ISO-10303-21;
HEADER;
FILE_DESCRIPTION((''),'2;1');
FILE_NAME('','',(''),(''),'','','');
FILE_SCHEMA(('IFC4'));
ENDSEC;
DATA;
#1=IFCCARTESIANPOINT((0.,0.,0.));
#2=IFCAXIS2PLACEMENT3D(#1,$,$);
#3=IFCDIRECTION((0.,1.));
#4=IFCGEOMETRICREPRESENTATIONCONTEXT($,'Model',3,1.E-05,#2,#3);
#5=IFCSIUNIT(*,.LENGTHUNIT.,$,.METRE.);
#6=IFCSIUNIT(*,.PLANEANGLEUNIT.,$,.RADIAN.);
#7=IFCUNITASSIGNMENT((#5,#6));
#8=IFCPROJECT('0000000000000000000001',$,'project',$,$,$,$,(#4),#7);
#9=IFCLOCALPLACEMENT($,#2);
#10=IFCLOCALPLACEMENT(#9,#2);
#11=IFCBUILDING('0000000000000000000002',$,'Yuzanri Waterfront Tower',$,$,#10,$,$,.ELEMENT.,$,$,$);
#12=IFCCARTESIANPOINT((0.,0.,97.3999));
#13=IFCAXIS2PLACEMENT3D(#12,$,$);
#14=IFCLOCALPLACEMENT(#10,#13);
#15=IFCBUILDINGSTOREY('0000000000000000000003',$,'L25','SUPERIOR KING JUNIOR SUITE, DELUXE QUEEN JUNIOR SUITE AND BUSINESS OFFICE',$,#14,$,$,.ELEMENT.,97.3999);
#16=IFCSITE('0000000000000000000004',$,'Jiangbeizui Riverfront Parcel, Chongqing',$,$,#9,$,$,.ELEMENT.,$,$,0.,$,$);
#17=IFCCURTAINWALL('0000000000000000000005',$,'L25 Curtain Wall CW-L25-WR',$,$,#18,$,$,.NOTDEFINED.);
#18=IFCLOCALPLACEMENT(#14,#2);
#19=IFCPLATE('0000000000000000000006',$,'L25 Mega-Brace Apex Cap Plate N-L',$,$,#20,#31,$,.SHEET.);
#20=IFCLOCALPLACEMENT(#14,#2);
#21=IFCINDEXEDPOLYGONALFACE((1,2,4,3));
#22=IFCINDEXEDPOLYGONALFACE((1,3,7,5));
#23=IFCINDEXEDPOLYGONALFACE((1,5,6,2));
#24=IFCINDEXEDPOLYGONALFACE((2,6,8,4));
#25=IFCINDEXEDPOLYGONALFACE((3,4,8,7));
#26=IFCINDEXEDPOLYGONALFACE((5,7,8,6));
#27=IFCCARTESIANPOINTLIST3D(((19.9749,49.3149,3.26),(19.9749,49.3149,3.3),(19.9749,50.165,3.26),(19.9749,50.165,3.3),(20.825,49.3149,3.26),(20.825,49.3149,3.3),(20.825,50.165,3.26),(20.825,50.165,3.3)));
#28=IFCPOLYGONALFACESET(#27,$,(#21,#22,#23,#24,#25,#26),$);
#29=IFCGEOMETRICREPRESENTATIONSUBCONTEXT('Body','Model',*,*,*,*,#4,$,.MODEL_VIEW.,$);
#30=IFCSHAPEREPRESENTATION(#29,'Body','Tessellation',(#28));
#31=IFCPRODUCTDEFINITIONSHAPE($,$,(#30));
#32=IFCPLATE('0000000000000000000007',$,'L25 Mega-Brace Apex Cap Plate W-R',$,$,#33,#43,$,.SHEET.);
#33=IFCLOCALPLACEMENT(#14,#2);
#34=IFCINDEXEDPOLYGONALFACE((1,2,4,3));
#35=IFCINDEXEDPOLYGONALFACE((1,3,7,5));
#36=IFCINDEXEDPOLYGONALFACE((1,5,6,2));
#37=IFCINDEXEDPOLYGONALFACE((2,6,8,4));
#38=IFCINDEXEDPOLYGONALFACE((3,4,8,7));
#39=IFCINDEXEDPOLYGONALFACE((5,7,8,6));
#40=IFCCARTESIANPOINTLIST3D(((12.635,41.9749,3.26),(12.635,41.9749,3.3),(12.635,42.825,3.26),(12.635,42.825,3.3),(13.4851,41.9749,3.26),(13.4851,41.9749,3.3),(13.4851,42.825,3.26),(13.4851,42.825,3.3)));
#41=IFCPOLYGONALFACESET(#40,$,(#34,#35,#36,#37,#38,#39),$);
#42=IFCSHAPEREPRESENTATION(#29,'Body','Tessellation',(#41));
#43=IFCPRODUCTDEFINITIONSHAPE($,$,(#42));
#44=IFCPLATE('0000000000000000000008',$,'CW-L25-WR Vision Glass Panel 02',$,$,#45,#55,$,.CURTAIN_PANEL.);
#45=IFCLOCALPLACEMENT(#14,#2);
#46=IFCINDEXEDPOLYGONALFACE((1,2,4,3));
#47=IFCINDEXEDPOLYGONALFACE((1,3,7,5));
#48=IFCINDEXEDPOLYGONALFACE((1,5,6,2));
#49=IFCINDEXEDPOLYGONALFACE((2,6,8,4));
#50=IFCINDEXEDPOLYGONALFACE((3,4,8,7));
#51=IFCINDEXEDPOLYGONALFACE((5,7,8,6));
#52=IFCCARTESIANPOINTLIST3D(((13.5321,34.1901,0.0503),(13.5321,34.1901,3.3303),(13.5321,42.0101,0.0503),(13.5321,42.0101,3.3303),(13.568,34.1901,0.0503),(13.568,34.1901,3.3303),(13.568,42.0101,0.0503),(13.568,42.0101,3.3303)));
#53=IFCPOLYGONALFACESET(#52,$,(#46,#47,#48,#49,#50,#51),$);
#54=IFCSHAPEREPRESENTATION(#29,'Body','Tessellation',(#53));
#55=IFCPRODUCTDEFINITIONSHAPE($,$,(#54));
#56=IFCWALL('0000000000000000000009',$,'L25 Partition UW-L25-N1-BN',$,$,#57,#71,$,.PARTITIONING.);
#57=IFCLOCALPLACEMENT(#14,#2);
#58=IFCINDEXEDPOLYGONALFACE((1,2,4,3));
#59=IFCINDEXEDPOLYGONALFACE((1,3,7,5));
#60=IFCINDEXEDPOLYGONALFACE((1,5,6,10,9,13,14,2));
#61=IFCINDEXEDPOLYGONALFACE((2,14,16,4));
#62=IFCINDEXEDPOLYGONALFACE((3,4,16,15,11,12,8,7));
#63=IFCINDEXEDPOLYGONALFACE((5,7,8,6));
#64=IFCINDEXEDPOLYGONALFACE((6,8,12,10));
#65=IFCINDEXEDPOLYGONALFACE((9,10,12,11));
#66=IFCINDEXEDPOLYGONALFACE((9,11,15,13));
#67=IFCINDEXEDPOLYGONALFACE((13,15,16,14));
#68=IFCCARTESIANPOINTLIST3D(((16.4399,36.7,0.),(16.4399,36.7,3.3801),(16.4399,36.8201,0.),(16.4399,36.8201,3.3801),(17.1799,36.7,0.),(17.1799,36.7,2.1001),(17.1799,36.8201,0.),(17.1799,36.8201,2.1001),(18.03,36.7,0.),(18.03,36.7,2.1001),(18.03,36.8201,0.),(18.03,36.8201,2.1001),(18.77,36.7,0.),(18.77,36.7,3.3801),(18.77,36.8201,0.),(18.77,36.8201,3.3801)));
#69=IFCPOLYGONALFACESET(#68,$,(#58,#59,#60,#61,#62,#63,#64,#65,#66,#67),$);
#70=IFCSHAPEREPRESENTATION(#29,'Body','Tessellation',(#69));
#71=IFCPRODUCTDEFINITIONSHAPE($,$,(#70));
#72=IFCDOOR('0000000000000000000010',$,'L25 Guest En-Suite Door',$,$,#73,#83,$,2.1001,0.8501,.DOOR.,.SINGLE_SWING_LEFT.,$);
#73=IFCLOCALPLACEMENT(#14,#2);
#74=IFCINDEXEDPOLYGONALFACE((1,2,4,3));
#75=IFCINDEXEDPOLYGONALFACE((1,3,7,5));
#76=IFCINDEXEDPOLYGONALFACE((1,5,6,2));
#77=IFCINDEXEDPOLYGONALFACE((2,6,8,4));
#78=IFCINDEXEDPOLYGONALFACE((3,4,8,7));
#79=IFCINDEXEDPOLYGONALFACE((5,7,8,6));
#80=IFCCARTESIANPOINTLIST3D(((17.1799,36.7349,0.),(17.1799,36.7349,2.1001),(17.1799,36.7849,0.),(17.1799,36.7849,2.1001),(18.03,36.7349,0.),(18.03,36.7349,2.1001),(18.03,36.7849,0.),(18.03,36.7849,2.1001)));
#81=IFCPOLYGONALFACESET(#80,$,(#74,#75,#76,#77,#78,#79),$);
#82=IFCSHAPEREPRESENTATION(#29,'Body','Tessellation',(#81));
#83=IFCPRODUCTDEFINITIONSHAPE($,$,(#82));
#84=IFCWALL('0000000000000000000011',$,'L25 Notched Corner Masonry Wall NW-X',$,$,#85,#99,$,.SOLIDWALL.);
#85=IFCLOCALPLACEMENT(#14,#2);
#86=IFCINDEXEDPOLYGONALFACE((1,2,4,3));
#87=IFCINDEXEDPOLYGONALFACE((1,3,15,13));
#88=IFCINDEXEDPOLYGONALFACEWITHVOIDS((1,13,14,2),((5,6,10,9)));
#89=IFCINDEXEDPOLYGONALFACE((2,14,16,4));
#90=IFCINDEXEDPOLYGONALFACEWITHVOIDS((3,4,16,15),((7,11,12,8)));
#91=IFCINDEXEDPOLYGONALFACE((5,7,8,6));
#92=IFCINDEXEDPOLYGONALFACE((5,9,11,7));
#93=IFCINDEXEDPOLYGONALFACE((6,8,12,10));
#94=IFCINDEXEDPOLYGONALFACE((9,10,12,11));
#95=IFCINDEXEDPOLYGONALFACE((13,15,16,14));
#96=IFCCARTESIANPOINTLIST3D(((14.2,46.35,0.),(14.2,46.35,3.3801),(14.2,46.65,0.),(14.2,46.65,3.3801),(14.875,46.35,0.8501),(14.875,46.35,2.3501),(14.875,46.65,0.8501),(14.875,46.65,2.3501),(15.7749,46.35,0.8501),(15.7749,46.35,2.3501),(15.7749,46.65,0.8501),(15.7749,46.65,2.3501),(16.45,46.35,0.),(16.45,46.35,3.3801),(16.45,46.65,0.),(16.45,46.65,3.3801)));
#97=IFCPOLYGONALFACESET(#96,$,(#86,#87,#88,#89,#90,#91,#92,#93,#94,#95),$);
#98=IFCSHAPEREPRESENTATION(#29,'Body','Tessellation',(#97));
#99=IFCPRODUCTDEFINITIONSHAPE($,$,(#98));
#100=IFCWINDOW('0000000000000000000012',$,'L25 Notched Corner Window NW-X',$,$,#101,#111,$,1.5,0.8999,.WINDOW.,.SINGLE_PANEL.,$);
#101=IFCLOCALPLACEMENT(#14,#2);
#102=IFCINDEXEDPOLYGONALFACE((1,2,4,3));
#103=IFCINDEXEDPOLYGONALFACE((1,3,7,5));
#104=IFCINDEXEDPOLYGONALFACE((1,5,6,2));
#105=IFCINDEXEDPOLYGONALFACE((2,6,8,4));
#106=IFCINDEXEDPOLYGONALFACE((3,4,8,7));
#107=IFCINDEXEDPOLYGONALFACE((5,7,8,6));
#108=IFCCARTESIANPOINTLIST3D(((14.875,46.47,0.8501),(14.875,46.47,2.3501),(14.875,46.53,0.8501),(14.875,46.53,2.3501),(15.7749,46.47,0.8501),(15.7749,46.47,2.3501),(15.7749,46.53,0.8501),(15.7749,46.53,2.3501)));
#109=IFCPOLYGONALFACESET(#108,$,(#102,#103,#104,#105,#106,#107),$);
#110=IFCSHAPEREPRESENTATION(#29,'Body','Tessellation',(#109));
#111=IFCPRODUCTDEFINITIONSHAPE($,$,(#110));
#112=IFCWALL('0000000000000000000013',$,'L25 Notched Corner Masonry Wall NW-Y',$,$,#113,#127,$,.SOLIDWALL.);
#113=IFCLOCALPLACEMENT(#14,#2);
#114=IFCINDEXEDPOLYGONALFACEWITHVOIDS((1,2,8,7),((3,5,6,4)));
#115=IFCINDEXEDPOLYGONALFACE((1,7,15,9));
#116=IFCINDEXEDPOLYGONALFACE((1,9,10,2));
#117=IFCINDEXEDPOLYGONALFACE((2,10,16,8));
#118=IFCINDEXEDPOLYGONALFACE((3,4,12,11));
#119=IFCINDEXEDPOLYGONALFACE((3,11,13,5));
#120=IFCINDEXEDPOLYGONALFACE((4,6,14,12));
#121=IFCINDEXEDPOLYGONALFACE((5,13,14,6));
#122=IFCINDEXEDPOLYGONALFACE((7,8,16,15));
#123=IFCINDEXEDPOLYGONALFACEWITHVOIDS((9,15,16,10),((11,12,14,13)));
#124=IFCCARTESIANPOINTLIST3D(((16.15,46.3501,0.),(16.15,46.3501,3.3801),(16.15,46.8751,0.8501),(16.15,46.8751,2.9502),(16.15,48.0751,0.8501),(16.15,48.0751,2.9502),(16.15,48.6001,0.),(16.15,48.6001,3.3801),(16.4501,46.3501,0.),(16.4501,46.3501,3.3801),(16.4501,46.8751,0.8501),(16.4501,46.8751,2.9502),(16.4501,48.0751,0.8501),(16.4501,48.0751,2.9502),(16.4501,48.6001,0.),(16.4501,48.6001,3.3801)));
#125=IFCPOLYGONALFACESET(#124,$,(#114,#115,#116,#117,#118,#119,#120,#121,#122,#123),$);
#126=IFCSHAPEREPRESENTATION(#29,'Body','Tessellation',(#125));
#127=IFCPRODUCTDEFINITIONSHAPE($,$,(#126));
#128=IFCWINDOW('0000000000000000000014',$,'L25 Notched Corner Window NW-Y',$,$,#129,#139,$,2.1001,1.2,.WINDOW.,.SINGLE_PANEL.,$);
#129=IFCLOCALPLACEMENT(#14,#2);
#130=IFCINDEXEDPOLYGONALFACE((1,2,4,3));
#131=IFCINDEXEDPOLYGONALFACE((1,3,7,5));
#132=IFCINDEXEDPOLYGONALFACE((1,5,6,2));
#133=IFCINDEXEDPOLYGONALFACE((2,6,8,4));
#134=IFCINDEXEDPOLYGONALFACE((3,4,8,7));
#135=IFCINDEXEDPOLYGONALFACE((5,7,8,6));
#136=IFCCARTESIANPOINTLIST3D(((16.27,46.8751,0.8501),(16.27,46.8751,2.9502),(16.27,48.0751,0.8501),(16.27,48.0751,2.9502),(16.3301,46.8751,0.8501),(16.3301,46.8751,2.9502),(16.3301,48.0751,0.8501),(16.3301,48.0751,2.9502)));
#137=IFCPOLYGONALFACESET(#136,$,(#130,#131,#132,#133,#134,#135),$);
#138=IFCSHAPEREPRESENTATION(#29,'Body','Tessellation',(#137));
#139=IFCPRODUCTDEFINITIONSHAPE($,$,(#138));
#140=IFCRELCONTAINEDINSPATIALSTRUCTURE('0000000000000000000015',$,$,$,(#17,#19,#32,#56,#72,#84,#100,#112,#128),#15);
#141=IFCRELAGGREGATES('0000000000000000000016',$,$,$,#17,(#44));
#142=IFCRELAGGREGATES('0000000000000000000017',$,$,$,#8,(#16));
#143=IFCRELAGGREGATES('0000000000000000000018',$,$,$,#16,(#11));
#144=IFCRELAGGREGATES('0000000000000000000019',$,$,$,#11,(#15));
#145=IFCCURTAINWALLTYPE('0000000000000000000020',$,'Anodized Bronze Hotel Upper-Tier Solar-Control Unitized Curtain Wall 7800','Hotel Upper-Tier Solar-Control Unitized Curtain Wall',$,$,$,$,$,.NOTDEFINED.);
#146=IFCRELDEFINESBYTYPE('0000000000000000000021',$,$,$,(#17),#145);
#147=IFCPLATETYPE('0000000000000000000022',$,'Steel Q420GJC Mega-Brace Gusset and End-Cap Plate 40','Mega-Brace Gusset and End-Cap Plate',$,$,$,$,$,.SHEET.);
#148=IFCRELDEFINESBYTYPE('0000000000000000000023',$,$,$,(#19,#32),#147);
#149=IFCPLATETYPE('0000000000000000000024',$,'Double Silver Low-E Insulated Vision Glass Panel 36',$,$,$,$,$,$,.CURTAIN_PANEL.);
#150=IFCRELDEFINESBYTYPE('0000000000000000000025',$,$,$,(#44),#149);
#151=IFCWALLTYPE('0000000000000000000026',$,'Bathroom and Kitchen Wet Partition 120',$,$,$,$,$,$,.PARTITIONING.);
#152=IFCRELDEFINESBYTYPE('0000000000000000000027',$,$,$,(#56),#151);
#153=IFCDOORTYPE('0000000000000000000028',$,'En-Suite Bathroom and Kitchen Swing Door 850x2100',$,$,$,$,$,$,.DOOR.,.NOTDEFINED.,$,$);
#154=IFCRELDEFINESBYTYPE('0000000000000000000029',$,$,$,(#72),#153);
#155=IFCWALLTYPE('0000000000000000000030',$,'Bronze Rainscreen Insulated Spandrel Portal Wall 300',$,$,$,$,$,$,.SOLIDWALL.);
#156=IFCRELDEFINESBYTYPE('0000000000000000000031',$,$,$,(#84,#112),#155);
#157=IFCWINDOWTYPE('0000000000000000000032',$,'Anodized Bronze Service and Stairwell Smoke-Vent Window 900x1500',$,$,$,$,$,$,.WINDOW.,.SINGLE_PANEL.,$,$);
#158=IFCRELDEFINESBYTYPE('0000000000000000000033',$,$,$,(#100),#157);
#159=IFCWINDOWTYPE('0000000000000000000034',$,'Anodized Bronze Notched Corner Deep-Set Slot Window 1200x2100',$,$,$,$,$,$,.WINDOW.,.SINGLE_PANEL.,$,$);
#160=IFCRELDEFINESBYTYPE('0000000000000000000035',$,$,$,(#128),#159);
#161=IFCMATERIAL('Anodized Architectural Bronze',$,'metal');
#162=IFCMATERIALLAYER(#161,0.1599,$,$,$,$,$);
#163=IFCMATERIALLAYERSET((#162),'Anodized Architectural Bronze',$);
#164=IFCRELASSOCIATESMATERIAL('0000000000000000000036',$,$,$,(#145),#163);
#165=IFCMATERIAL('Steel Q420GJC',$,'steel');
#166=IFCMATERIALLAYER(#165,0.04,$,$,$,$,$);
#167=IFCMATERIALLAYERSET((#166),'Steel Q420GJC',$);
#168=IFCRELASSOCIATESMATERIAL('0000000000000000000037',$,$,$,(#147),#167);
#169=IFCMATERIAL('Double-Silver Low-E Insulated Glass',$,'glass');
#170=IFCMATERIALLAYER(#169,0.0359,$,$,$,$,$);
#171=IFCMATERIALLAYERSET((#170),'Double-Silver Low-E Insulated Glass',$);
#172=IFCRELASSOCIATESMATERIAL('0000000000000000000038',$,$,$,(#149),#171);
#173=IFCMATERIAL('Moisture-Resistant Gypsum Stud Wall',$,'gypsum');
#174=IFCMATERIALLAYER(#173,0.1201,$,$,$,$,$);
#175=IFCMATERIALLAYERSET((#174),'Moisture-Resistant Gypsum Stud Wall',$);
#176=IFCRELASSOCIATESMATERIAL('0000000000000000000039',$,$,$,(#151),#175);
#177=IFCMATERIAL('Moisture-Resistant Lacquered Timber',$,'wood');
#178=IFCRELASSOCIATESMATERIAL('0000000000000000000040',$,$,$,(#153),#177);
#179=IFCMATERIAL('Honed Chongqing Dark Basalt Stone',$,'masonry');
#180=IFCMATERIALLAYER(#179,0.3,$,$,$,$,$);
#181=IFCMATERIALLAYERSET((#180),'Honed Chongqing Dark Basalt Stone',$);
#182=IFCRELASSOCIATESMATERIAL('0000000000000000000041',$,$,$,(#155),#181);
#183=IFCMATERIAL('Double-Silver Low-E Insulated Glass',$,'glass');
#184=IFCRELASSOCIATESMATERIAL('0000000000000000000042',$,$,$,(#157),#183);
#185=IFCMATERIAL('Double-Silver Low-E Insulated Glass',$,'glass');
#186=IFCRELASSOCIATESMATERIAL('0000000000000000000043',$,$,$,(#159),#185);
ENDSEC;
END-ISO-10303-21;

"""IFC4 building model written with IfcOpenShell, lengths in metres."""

from ifc_helpers import new_model, si_unit, direction, frame, frame_2d, origin, origin_2d, place, context, subcontext, project, spatial, rectangle, extrude, source, transform, mapped, material, layer, layer_set, type_object, element, fill, aggregate, save


model = new_model("IFC4")

# Units and contexts
model_context = context("Model", 3, precision=1e-05, world=origin(), true_north=direction((0.0, 1.0)))
body_context = subcontext(model_context, "Body", "Model", "MODEL_VIEW")
ifc_project = project(units=[si_unit("LENGTHUNIT", "METRE"), si_unit("PLANEANGLEUNIT", "RADIAN")], contexts=[model_context])

# Site, building, storey
site_placement = place(None, origin())
site = spatial("IfcSite", under=ifc_project, at=site_placement, Name="Jiangbeizui Riverfront Parcel, Chongqing", CompositionType="ELEMENT", RefElevation=0.0)
building_placement = place(site_placement, origin())
building = spatial("IfcBuilding", under=site, at=building_placement, Name="Yuzanri Waterfront Tower", CompositionType="ELEMENT")
storey_placement = place(building_placement, frame((0.0, 0.0, 97.3999)))
storey = spatial("IfcBuildingStorey", under=building, at=storey_placement, Name="L25", Description="SUPERIOR KING JUNIOR SUITE, DELUXE QUEEN JUNIOR SUITE AND BUSINESS OFFICE", CompositionType="ELEMENT", Elevation=97.3999)

# Curtain wall
ifc_material_1 = material(Name="Anodized Architectural Bronze", Category="metal")
ifc_layer_1 = layer(ifc_material_1, 0.1599)
ifc_layer_set_1 = layer_set([ifc_layer_1], Name="Anodized Architectural Bronze")
curtain_wall_type = type_object("IfcCurtainWallType", Name="Anodized Bronze Hotel Upper-Tier Solar-Control Unitized Curtain Wall 7800", Description="Hotel Upper-Tier Solar-Control Unitized Curtain Wall", PredefinedType="NOTDEFINED", material=ifc_layer_set_1)
curtain_wall_1_placement = place(storey_placement, origin())
curtain_wall_1 = element("IfcCurtainWall", 1, at=curtain_wall_1_placement, inside=storey, type_object=curtain_wall_type, Name="L25 Curtain Wall CW-L25-WR", PredefinedType="NOTDEFINED")

# Plates
ifc_material_2 = material(Name="Steel Q420GJC", Category="steel")
ifc_layer_2 = layer(ifc_material_2, 0.04)
ifc_layer_set_2 = layer_set([ifc_layer_2], Name="Steel Q420GJC")
plate_type_1 = type_object("IfcPlateType", Name="Steel Q420GJC Mega-Brace Gusset and End-Cap Plate 40", Description="Mega-Brace Gusset and End-Cap Plate", PredefinedType="SHEET", material=ifc_layer_set_2)
shared_shape_1 = source(origin(), body_context, "Body", "SweptSolid", [
    extrude(rectangle(XDim=0.8501, YDim=0.8501, at=origin_2d()), origin(), (0.0, 0.0, 1.0), 0.04),
])
for number, where, z_axis, x_axis, name in (
    (2, (20.3999, 49.74, 3.26), (0.0, 0.0, 1.0), (1.0, 0.0, 0.0), "L25 Mega-Brace Apex Cap Plate N-L"),
    (3, (13.0601, 42.3999, 3.26), (0.0, 0.0, 1.0), (1.0, 0.0, 0.0), "L25 Mega-Brace Apex Cap Plate W-R"),
):
    element("IfcPlate", number, at=place(storey_placement, frame(where, z_axis=z_axis, x_axis=x_axis)), inside=storey, type_object=plate_type_1, Name=name, PredefinedType="SHEET", context=body_context, shape_type="MappedRepresentation", body=[
        mapped(shared_shape_1, transform((0.0, 0.0, 0.0), scale=1.0)),
    ])

# Plate
ifc_material_3 = material(Name="Double-Silver Low-E Insulated Glass", Category="glass")
ifc_layer_3 = layer(ifc_material_3, 0.0359)
ifc_layer_set_3 = layer_set([ifc_layer_3], Name="Double-Silver Low-E Insulated Glass")
plate_type_2 = type_object("IfcPlateType", Name="Double Silver Low-E Insulated Vision Glass Panel 36", PredefinedType="CURTAIN_PANEL", material=ifc_layer_set_3)
shared_shape_2 = source(origin(), body_context, "Body", "SweptSolid", [
    extrude(rectangle(XDim=7.8201, YDim=0.0359, at=origin_2d()), origin(), (0.0, 0.0, 1.0), 3.28),
])
plate_placement = place(storey_placement, frame((13.55, 38.1001, 0.0503), z_axis=(0.0, 0.0, 1.0), x_axis=(0.0, 1.0, 0.0)))
plate = element("IfcPlate", 4, at=plate_placement, type_object=plate_type_2, Name="CW-L25-WR Vision Glass Panel 02", PredefinedType="CURTAIN_PANEL", context=body_context, shape_type="MappedRepresentation", body=[
    mapped(shared_shape_2, transform((0.0, 0.0, 0.0), scale=1.0)),
])
aggregate(curtain_wall_1, [plate])

# Wall, opening, door
ifc_material_4 = material(Name="Moisture-Resistant Gypsum Stud Wall", Category="gypsum")
ifc_layer_4 = layer(ifc_material_4, 0.1201)
ifc_layer_set_4 = layer_set([ifc_layer_4], Name="Moisture-Resistant Gypsum Stud Wall")
wall_type_1 = type_object("IfcWallType", Name="Bathroom and Kitchen Wet Partition 120", PredefinedType="PARTITIONING", material=ifc_layer_set_4)
wall_1_placement = place(storey_placement, frame((16.4399, 36.76, 0.0), z_axis=(0.0, 0.0, 1.0), x_axis=(1.0, 0.0, 0.0)))
wall_1 = element("IfcWall", 5, at=wall_1_placement, inside=storey, type_object=wall_type_1, Name="L25 Partition UW-L25-N1-BN", PredefinedType="PARTITIONING", context=body_context, shape_type="SweptSolid", body=[
    extrude(rectangle(XDim=2.3301, YDim=0.1201, at=frame_2d((1.165, 0.0))), origin(), (0.0, 0.0, 1.0), 3.3801),
])
opening_1_placement = place(wall_1_placement, frame((0.74, 0.0, 0.0)))
opening_1 = element("IfcOpeningElement", 6, at=opening_1_placement, cuts=wall_1, PredefinedType="OPENING", context=body_context, shape_type="SweptSolid", body=[
    extrude(rectangle(XDim=0.8501, YDim=2.1001, at=frame_2d((0.425, 1.05))), frame((0.0, 0.075, 0.0), z_axis=(0.0, -1.0, 0.0), x_axis=(1.0, 0.0, 0.0)), (0.0, 0.0, 1.0), 0.1499),
])
ifc_material_5 = material(Name="Moisture-Resistant Lacquered Timber", Category="wood")
door_type_1 = type_object("IfcDoorType", Name="En-Suite Bathroom and Kitchen Swing Door 850x2100", OperationType="NOTDEFINED", PredefinedType="DOOR", material=ifc_material_5)
shared_shape_3 = source(origin(), body_context, "Body", "SweptSolid", [
    extrude(rectangle(XDim=0.8501, YDim=2.1001, at=frame_2d((0.425, 1.05))), frame((0.0, 0.0249, 0.0), z_axis=(0.0, -1.0, 0.0), x_axis=(1.0, 0.0, 0.0)), (0.0, 0.0, 1.0), 0.05),
])
door_1_placement = place(opening_1_placement, origin())
door_1 = element("IfcDoor", 7, at=door_1_placement, inside=storey, type_object=door_type_1, Name="L25 Guest En-Suite Door", OperationType="SINGLE_SWING_LEFT", OverallHeight=2.1001, OverallWidth=0.8501, PredefinedType="DOOR", context=body_context, shape_type="MappedRepresentation", body=[
    mapped(shared_shape_3, transform((0.0, 0.0, 0.0), scale=1.0)),
])
fill(opening_1, door_1)

# Walls, openings, windows
ifc_material_6 = material(Name="Honed Chongqing Dark Basalt Stone", Category="masonry")
ifc_layer_5 = layer(ifc_material_6, 0.3)
ifc_layer_set_5 = layer_set([ifc_layer_5], Name="Honed Chongqing Dark Basalt Stone")
wall_type_2 = type_object("IfcWallType", Name="Bronze Rainscreen Insulated Spandrel Portal Wall 300", PredefinedType="SOLIDWALL", material=ifc_layer_set_5)
wall_2_placement = place(storey_placement, frame((16.45, 46.5, 0.0), z_axis=(0.0, 0.0, 1.0), x_axis=(-1.0, 0.0, 0.0)))
wall_2 = element("IfcWall", 8, at=wall_2_placement, inside=storey, type_object=wall_type_2, Name="L25 Notched Corner Masonry Wall NW-X", PredefinedType="SOLIDWALL", context=body_context, shape_type="SweptSolid", body=[
    extrude(rectangle(XDim=2.25, YDim=0.3, at=frame_2d((1.125, 0.0))), origin(), (0.0, 0.0, 1.0), 3.3801),
])
opening_2_placement = place(wall_2_placement, frame((0.675, 0.0, 0.8501)))
opening_2 = element("IfcOpeningElement", 9, at=opening_2_placement, cuts=wall_2, PredefinedType="OPENING", context=body_context, shape_type="SweptSolid", body=[
    extrude(rectangle(XDim=0.8999, YDim=1.5, at=frame_2d((0.45, 0.75))), frame((0.0, 0.165, 0.0), z_axis=(0.0, -1.0, 0.0), x_axis=(1.0, 0.0, 0.0)), (0.0, 0.0, 1.0), 0.3298),
])
ifc_material_7 = material(Name="Double-Silver Low-E Insulated Glass", Category="glass")
window_type_1 = type_object("IfcWindowType", Name="Anodized Bronze Service and Stairwell Smoke-Vent Window 900x1500", PartitioningType="SINGLE_PANEL", PredefinedType="WINDOW", material=ifc_material_7)
shared_shape_4 = source(origin(), body_context, "Body", "SweptSolid", [
    extrude(rectangle(XDim=0.8999, YDim=1.5, at=frame_2d((0.45, 0.75))), frame((0.0, 0.03, 0.0), z_axis=(0.0, -1.0, 0.0), x_axis=(1.0, 0.0, 0.0)), (0.0, 0.0, 1.0), 0.0601),
])
window_1_placement = place(opening_2_placement, origin())
window_1 = element("IfcWindow", 10, at=window_1_placement, inside=storey, type_object=window_type_1, Name="L25 Notched Corner Window NW-X", OverallHeight=1.5, OverallWidth=0.8999, PartitioningType="SINGLE_PANEL", PredefinedType="WINDOW", context=body_context, shape_type="MappedRepresentation", body=[
    mapped(shared_shape_4, transform((0.0, 0.0, 0.0), scale=1.0)),
])
fill(opening_2, window_1)
wall_3_placement = place(storey_placement, frame((16.3, 48.6001, 0.0), z_axis=(0.0, 0.0, 1.0), x_axis=(0.0, -1.0, 0.0)))
wall_3 = element("IfcWall", 11, at=wall_3_placement, inside=storey, type_object=wall_type_2, Name="L25 Notched Corner Masonry Wall NW-Y", PredefinedType="SOLIDWALL", context=body_context, shape_type="SweptSolid", body=[
    extrude(rectangle(XDim=2.25, YDim=0.3, at=frame_2d((1.125, 0.0))), origin(), (0.0, 0.0, 1.0), 3.3801),
])
opening_3_placement = place(wall_3_placement, frame((0.5249, 0.0, 0.8501)))
opening_3 = element("IfcOpeningElement", 12, at=opening_3_placement, cuts=wall_3, PredefinedType="OPENING", context=body_context, shape_type="SweptSolid", body=[
    extrude(rectangle(XDim=1.2, YDim=2.1001, at=frame_2d((0.6001, 1.05))), frame((0.0, 0.165, 0.0), z_axis=(0.0, -1.0, 0.0), x_axis=(1.0, 0.0, 0.0)), (0.0, 0.0, 1.0), 0.3298),
])
ifc_material_8 = material(Name="Double-Silver Low-E Insulated Glass", Category="glass")
window_type_2 = type_object("IfcWindowType", Name="Anodized Bronze Notched Corner Deep-Set Slot Window 1200x2100", PartitioningType="SINGLE_PANEL", PredefinedType="WINDOW", material=ifc_material_8)
shared_shape_5 = source(origin(), body_context, "Body", "SweptSolid", [
    extrude(rectangle(XDim=1.2, YDim=2.1001, at=frame_2d((0.6001, 1.05))), frame((0.0, 0.03, 0.0), z_axis=(0.0, -1.0, 0.0), x_axis=(1.0, 0.0, 0.0)), (0.0, 0.0, 1.0), 0.0601),
])
window_2_placement = place(opening_3_placement, origin())
window_2 = element("IfcWindow", 13, at=window_2_placement, inside=storey, type_object=window_type_2, Name="L25 Notched Corner Window NW-Y", OverallHeight=2.1001, OverallWidth=1.2, PartitioningType="SINGLE_PANEL", PredefinedType="WINDOW", context=body_context, shape_type="MappedRepresentation", body=[
    mapped(shared_shape_5, transform((0.0, 0.0, 0.0), scale=1.0)),
])
fill(opening_3, window_2)

save(model, "model.ifc")
